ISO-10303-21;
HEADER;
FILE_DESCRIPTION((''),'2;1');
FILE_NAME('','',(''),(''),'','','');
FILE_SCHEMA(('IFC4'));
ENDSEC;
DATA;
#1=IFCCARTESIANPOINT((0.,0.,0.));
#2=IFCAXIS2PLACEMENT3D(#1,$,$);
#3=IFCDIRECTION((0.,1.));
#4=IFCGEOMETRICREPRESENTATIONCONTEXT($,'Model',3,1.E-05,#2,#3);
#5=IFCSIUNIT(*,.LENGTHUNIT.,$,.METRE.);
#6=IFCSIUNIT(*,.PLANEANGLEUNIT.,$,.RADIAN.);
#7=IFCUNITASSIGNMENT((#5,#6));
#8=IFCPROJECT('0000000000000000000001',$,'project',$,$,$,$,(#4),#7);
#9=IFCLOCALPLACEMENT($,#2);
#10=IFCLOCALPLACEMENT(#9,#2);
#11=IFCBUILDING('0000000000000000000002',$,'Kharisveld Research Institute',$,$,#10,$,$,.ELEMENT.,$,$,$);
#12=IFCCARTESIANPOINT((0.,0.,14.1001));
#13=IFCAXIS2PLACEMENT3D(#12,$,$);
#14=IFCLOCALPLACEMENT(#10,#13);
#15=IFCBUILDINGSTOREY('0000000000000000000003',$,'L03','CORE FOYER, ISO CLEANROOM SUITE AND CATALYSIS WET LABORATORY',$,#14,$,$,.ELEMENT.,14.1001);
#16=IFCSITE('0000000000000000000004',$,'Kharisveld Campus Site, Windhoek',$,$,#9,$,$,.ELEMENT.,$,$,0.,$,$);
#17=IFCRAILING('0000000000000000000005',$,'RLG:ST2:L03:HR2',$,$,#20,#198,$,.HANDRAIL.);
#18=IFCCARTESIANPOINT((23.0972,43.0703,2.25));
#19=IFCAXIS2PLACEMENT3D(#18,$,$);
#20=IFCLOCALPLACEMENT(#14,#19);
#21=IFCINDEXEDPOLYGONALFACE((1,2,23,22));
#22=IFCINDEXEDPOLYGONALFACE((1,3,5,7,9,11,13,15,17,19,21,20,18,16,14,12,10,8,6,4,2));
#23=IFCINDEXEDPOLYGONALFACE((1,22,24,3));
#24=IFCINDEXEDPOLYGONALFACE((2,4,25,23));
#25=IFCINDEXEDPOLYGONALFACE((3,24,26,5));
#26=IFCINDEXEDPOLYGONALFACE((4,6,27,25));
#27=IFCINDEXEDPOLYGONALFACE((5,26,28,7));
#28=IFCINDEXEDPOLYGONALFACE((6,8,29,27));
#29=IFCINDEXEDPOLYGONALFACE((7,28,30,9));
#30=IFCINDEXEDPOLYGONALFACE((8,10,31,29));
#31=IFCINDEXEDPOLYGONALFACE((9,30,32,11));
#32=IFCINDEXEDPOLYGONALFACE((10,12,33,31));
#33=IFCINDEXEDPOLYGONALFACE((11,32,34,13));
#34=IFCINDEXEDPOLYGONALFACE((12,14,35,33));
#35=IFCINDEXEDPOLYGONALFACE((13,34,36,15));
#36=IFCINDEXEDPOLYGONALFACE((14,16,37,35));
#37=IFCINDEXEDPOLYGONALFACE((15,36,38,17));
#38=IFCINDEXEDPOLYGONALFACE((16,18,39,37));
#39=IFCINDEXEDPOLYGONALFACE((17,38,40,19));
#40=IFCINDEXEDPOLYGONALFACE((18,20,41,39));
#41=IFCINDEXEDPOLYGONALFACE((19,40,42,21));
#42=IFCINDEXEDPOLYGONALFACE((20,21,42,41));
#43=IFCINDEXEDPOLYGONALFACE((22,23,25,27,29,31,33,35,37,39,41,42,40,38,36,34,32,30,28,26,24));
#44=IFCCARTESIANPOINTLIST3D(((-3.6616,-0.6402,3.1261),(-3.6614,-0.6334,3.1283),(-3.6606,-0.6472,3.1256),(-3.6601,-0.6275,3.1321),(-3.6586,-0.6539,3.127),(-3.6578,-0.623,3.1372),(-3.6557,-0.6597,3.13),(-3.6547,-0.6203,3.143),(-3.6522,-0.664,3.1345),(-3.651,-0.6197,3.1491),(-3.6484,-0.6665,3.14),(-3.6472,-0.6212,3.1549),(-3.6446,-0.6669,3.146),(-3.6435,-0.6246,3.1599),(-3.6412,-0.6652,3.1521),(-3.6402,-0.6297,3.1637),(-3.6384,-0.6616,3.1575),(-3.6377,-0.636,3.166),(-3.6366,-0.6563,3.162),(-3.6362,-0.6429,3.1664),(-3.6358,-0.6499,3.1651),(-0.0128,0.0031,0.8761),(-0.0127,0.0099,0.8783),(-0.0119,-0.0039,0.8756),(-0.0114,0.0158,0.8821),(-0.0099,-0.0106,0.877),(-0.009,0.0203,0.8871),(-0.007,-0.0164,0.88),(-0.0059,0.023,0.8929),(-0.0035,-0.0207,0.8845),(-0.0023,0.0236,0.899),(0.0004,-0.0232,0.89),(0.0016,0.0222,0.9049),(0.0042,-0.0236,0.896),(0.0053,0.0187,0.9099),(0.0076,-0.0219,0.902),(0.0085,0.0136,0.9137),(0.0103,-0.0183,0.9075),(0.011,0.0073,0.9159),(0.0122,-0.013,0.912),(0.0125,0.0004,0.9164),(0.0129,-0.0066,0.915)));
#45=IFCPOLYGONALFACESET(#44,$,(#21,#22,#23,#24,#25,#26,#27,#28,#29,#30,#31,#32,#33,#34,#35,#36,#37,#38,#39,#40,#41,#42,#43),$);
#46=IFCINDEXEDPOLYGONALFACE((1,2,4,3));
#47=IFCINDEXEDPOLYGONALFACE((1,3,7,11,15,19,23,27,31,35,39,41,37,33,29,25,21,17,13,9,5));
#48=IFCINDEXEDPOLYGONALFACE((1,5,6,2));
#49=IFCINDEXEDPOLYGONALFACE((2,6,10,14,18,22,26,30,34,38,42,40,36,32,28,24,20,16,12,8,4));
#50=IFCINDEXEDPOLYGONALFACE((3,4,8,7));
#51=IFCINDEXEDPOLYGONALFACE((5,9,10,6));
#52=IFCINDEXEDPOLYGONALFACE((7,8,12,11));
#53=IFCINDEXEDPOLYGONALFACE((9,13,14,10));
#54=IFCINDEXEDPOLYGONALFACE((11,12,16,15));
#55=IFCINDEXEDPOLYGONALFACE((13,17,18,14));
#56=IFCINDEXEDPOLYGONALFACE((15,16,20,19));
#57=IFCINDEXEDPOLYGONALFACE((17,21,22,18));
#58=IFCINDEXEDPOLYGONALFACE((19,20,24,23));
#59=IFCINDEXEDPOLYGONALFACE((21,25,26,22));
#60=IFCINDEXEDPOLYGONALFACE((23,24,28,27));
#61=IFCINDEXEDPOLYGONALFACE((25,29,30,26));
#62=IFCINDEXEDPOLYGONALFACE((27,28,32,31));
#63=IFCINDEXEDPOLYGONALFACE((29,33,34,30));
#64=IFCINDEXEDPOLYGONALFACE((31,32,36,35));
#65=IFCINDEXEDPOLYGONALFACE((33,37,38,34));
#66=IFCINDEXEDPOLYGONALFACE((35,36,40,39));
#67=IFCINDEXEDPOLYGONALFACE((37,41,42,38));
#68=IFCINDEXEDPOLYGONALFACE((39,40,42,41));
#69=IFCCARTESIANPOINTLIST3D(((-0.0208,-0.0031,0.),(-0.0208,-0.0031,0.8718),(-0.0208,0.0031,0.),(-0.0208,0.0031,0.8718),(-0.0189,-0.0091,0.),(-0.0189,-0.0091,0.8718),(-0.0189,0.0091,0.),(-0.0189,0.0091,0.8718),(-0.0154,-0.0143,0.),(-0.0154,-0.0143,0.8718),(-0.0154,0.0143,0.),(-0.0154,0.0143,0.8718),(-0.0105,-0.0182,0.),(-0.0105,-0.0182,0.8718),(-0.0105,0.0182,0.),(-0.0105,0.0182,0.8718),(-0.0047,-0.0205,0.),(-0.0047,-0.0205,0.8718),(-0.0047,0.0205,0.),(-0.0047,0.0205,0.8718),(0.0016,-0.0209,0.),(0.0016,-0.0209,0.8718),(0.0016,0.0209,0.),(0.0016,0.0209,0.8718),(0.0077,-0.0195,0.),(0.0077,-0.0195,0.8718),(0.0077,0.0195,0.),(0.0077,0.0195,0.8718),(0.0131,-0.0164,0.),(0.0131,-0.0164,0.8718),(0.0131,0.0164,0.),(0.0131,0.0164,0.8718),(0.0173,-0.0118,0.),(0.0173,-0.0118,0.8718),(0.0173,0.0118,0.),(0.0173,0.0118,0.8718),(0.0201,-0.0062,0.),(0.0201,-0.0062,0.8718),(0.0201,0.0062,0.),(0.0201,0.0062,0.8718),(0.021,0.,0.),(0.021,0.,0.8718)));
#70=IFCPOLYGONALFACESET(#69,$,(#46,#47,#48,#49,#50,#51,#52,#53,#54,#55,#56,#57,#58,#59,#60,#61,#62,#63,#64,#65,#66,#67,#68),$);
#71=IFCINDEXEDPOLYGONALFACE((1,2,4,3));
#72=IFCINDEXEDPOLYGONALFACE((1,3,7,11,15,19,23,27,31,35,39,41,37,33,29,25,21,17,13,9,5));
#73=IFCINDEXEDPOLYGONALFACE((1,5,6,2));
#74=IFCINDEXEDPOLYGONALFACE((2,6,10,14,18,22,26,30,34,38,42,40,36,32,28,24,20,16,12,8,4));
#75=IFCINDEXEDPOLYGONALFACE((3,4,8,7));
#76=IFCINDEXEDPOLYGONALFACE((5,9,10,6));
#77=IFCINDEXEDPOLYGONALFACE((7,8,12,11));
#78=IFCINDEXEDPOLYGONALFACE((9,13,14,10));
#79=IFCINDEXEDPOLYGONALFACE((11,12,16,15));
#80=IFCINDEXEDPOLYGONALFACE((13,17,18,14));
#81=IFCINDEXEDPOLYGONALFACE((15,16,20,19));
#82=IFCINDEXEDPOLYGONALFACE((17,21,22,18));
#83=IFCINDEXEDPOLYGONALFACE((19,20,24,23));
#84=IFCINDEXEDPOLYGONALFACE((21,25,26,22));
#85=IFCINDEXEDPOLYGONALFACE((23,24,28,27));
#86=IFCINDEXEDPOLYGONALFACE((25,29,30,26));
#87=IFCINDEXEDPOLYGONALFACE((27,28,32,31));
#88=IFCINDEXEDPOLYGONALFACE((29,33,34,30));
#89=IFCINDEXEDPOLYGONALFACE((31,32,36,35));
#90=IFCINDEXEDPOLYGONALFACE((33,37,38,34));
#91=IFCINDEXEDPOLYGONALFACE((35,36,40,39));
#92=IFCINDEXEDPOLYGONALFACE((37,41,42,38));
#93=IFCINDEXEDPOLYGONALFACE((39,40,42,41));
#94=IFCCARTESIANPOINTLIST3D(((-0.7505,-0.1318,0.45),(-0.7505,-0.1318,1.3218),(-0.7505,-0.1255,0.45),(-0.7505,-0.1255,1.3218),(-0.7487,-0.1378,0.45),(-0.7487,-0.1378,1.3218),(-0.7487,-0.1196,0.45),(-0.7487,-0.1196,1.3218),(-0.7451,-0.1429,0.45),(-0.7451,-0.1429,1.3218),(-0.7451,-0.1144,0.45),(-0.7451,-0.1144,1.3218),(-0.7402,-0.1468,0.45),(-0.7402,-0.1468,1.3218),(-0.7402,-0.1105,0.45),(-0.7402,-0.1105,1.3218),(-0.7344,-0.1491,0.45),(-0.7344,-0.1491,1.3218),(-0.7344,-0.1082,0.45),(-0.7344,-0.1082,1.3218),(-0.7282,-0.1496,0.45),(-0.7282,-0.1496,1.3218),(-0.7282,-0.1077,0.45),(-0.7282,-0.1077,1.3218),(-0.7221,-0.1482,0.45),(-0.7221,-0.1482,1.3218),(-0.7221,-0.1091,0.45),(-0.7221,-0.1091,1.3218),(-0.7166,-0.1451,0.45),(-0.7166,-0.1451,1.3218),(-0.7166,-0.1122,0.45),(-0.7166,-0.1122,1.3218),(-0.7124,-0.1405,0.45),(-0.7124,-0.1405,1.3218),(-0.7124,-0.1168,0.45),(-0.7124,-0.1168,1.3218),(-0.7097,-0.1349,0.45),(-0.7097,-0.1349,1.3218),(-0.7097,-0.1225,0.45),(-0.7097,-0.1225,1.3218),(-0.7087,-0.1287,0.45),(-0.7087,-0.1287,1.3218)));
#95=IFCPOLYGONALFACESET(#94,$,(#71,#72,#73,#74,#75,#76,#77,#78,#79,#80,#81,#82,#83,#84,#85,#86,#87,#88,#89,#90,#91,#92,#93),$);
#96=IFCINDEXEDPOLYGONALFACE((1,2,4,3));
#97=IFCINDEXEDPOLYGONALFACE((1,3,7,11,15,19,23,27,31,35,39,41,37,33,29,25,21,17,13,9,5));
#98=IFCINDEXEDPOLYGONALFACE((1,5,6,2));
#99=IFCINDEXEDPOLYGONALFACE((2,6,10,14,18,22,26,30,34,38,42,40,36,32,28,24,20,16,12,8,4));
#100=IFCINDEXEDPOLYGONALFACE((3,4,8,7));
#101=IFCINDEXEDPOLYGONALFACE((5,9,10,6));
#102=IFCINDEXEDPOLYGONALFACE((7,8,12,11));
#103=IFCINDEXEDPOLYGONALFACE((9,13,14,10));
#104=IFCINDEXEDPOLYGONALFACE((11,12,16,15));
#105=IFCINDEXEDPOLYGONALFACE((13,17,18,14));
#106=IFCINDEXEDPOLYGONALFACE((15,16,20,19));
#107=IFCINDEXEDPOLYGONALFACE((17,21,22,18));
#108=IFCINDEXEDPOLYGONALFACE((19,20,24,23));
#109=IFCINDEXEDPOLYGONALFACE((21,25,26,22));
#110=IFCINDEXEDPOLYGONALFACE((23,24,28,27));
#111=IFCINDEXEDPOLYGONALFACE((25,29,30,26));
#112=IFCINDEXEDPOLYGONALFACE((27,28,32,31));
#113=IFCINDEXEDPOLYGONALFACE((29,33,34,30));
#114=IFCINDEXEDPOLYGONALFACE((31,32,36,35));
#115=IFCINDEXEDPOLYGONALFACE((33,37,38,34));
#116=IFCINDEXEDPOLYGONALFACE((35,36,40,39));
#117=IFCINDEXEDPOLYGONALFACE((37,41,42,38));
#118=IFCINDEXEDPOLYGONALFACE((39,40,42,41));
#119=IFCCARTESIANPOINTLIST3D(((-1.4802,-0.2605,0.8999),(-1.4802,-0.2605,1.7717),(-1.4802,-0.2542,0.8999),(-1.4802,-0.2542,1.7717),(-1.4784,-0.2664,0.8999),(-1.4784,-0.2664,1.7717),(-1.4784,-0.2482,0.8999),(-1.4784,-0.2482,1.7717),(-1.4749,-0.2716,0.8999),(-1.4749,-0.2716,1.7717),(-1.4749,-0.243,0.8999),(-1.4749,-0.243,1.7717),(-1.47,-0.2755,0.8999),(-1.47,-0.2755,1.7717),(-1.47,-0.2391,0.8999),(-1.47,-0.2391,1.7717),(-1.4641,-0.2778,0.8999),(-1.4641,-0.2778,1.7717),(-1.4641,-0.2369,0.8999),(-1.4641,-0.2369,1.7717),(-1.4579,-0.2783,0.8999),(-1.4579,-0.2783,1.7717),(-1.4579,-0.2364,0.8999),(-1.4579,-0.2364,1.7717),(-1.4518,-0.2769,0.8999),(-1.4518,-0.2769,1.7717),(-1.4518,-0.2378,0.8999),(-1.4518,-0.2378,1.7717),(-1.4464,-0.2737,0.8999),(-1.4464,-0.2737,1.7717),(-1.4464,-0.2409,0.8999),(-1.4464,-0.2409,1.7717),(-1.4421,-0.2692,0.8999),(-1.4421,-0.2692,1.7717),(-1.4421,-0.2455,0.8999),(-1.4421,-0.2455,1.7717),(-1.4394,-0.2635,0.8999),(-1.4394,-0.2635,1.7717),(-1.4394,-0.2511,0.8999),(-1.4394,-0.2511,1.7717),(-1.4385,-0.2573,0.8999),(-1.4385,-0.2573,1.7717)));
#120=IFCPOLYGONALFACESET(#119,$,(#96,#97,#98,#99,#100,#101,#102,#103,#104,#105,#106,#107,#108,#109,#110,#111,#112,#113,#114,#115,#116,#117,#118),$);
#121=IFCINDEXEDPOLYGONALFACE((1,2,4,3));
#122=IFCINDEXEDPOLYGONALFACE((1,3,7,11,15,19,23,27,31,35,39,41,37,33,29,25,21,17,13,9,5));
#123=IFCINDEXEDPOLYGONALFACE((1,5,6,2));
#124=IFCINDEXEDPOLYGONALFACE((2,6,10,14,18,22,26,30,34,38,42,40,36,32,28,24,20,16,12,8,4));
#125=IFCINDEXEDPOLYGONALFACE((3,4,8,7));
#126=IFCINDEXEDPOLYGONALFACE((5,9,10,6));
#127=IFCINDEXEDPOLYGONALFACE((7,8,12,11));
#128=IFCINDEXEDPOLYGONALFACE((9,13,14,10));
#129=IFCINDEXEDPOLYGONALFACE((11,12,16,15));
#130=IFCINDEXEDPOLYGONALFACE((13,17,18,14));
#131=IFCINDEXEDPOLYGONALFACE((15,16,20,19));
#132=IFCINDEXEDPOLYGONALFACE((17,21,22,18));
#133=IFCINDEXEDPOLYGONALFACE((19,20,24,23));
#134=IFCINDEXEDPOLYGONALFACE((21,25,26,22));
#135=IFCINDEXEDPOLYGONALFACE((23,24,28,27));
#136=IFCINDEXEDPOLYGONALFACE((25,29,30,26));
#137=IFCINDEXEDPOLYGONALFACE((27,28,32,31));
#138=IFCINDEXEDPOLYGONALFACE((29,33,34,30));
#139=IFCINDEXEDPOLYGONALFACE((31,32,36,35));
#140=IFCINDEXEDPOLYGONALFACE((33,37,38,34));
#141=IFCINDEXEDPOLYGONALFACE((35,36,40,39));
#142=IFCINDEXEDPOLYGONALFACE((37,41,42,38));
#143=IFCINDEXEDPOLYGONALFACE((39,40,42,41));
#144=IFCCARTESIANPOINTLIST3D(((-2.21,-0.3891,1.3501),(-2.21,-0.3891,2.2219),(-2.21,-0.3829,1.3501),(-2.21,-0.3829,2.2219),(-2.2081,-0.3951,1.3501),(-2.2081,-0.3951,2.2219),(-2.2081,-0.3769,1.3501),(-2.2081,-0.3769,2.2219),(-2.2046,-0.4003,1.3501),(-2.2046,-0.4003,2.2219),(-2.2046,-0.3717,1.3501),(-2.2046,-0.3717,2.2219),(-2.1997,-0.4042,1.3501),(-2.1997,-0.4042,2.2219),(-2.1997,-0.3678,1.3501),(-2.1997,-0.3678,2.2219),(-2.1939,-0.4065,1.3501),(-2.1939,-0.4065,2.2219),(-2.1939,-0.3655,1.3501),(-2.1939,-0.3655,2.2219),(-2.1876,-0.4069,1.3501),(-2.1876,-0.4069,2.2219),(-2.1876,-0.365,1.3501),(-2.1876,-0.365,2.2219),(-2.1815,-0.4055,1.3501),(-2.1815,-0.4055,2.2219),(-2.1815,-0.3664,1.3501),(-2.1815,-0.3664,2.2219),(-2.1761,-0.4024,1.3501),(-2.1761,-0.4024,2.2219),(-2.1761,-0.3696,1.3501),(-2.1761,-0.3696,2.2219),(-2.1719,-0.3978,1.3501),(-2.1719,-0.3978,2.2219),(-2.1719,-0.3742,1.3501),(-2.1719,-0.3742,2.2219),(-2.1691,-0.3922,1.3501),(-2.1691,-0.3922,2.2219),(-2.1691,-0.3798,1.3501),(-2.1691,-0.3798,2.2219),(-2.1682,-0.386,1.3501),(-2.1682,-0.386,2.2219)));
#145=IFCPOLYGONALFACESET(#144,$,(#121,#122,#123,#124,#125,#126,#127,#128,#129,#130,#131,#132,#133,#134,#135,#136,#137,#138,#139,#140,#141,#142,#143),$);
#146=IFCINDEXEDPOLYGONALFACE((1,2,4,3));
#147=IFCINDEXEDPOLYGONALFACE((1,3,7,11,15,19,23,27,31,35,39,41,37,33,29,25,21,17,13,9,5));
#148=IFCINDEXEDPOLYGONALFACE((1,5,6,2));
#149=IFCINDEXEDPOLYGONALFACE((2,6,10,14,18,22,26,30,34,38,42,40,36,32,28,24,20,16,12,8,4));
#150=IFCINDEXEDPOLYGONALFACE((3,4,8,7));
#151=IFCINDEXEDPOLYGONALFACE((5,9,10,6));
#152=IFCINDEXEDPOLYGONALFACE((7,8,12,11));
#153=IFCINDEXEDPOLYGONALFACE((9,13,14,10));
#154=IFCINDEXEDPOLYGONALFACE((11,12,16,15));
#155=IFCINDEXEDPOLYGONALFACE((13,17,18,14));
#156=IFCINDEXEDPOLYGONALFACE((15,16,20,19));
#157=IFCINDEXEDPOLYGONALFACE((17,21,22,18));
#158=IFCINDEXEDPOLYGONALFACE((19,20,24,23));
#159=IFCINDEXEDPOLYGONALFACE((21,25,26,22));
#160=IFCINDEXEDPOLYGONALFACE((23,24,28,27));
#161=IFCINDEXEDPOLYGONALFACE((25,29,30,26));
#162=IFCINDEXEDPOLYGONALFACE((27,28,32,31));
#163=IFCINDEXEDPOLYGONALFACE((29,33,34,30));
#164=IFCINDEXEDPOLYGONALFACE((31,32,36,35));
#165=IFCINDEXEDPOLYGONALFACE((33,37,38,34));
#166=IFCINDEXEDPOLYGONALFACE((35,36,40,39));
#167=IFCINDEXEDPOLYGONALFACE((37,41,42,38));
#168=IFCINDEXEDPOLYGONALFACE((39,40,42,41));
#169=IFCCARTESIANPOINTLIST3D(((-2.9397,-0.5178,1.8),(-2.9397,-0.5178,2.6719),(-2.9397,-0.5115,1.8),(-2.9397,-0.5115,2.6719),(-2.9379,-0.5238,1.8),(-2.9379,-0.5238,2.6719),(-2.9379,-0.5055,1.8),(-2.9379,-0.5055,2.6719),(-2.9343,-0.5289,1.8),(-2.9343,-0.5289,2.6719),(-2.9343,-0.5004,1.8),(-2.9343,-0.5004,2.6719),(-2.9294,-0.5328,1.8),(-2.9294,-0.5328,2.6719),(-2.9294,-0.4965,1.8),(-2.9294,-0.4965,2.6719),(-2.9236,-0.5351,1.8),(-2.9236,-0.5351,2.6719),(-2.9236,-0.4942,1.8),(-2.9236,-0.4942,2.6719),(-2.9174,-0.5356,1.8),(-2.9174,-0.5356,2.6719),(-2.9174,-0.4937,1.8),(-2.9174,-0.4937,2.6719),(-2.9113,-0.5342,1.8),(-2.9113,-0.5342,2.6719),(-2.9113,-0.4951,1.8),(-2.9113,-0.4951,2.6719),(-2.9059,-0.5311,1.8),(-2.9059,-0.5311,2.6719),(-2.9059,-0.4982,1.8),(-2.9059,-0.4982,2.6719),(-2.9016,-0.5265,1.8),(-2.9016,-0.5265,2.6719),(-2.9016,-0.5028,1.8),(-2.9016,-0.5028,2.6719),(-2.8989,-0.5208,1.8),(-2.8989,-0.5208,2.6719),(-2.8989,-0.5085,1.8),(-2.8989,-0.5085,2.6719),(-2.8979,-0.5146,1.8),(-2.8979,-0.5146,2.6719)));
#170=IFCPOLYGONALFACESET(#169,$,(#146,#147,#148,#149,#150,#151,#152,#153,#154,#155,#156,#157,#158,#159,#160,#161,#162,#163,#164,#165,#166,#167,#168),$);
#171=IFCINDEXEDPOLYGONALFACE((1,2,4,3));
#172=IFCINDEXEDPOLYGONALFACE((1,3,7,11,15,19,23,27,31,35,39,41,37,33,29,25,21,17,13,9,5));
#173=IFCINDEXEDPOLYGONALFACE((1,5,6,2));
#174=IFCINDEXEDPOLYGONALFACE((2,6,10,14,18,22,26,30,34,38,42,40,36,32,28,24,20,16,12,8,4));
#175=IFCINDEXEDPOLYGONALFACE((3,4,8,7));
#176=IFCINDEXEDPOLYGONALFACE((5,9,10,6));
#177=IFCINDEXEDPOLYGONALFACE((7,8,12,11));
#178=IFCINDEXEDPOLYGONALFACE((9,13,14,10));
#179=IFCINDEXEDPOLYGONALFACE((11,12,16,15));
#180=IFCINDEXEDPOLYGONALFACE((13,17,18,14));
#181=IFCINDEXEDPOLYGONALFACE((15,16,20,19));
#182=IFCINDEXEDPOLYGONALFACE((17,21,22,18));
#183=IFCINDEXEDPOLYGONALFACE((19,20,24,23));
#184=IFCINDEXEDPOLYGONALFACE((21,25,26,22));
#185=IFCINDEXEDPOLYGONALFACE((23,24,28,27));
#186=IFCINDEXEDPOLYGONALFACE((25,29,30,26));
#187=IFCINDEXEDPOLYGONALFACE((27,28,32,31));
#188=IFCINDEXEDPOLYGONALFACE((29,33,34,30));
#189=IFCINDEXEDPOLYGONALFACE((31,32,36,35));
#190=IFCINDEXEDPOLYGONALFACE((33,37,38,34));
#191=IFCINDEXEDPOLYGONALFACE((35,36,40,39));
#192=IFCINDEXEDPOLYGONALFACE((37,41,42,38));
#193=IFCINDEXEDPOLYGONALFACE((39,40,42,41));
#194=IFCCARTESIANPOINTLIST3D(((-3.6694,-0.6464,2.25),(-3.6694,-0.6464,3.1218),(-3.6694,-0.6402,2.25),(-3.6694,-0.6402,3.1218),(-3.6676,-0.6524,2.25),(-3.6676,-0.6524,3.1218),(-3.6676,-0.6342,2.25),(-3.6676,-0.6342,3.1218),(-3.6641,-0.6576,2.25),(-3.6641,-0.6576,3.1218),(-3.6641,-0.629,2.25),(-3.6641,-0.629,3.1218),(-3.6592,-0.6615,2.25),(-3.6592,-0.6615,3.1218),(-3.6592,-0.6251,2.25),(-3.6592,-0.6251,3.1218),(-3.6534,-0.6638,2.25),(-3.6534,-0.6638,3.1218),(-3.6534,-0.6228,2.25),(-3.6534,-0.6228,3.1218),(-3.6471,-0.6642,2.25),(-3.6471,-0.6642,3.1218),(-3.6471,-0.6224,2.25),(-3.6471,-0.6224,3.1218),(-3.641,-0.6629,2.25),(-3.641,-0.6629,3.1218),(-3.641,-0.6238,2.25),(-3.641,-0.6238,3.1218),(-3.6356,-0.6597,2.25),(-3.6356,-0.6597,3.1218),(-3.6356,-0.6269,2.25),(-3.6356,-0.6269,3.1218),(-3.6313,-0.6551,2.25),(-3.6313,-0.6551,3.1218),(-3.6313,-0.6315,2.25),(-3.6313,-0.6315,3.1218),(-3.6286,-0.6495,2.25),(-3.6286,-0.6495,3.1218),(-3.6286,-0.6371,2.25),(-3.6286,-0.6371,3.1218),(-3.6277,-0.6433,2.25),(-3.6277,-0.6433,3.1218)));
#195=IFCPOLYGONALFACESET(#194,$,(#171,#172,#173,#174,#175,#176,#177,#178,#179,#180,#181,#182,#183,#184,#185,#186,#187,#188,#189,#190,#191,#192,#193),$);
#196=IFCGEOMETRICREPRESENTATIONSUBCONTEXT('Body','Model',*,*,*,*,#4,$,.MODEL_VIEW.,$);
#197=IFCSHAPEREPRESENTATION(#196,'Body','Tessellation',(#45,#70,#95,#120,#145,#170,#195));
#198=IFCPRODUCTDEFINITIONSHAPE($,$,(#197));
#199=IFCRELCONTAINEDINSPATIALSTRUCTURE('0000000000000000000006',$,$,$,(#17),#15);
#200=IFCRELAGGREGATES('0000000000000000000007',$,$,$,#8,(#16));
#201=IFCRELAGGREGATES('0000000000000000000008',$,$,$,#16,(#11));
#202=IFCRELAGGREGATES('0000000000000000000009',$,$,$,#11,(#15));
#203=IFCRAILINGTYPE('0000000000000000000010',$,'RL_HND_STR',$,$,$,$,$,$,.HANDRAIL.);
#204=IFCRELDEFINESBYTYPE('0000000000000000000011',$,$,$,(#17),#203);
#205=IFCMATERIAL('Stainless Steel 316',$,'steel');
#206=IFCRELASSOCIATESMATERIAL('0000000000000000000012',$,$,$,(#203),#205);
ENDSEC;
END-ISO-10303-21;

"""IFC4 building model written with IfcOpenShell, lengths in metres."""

from ifc_helpers import new_model, si_unit, direction, frame, origin, origin_2d, place, context, subcontext, project, spatial, circle, extrude, material, type_object, element, save


model = new_model("IFC4")

# Units and contexts
model_context = context("Model", 3, precision=1e-05, world=origin(), true_north=direction((0.0, 1.0)))
body_context = subcontext(model_context, "Body", "Model", "MODEL_VIEW")
ifc_project = project(units=[si_unit("LENGTHUNIT", "METRE"), si_unit("PLANEANGLEUNIT", "RADIAN")], contexts=[model_context])

# Site, building, storey
site_placement = place(None, origin())
site = spatial("IfcSite", under=ifc_project, at=site_placement, Name="Kharisveld Campus Site, Windhoek", CompositionType="ELEMENT", RefElevation=0.0)
building_placement = place(site_placement, origin())
building = spatial("IfcBuilding", under=site, at=building_placement, Name="Kharisveld Research Institute", CompositionType="ELEMENT")
storey_placement = place(building_placement, frame((0.0, 0.0, 14.1001)))
storey = spatial("IfcBuildingStorey", under=building, at=storey_placement, Name="L03", Description="CORE FOYER, ISO CLEANROOM SUITE AND CATALYSIS WET LABORATORY", CompositionType="ELEMENT", Elevation=14.1001)

# Railing
ifc_material_1 = material(Name="Stainless Steel 316", Category="steel")
railing_type = type_object("IfcRailingType", Name="RL_HND_STR", PredefinedType="HANDRAIL", material=ifc_material_1)
railing_placement = place(storey_placement, frame((23.0972, 43.0703, 2.25)))
element("IfcRailing", 1, at=railing_placement, inside=storey, type_object=railing_type, Name="RLG:ST2:L03:HR2", PredefinedType="HANDRAIL", context=body_context, shape_type="SweptSolid", body=[
    extrude(circle(Radius=0.0239, at=origin_2d()), frame((0.0, 0.0, 0.896), z_axis=(-0.841747, -0.148411, 0.519073), x_axis=(0.173635, -0.98481, 0.0)), (0.0, 0.0, 1.0), 4.3347),
    extrude(circle(Radius=0.021, at=origin_2d()), origin(), (0.0, 0.0, 1.0), 0.8718),
    extrude(circle(Radius=0.021, at=origin_2d()), frame((-0.7297, -0.1287, 0.45)), (0.0, 0.0, 1.0), 0.8718),
    extrude(circle(Radius=0.021, at=origin_2d()), frame((-1.4595, -0.2573, 0.8999)), (0.0, 0.0, 1.0), 0.8718),
    extrude(circle(Radius=0.021, at=origin_2d()), frame((-2.1892, -0.386, 1.3501)), (0.0, 0.0, 1.0), 0.8718),
    extrude(circle(Radius=0.021, at=origin_2d()), frame((-2.9189, -0.5146, 1.8)), (0.0, 0.0, 1.0), 0.8718),
    extrude(circle(Radius=0.021, at=origin_2d()), frame((-3.6487, -0.6433, 2.25)), (0.0, 0.0, 1.0), 0.8718),
])

save(model, "model.ifc")
